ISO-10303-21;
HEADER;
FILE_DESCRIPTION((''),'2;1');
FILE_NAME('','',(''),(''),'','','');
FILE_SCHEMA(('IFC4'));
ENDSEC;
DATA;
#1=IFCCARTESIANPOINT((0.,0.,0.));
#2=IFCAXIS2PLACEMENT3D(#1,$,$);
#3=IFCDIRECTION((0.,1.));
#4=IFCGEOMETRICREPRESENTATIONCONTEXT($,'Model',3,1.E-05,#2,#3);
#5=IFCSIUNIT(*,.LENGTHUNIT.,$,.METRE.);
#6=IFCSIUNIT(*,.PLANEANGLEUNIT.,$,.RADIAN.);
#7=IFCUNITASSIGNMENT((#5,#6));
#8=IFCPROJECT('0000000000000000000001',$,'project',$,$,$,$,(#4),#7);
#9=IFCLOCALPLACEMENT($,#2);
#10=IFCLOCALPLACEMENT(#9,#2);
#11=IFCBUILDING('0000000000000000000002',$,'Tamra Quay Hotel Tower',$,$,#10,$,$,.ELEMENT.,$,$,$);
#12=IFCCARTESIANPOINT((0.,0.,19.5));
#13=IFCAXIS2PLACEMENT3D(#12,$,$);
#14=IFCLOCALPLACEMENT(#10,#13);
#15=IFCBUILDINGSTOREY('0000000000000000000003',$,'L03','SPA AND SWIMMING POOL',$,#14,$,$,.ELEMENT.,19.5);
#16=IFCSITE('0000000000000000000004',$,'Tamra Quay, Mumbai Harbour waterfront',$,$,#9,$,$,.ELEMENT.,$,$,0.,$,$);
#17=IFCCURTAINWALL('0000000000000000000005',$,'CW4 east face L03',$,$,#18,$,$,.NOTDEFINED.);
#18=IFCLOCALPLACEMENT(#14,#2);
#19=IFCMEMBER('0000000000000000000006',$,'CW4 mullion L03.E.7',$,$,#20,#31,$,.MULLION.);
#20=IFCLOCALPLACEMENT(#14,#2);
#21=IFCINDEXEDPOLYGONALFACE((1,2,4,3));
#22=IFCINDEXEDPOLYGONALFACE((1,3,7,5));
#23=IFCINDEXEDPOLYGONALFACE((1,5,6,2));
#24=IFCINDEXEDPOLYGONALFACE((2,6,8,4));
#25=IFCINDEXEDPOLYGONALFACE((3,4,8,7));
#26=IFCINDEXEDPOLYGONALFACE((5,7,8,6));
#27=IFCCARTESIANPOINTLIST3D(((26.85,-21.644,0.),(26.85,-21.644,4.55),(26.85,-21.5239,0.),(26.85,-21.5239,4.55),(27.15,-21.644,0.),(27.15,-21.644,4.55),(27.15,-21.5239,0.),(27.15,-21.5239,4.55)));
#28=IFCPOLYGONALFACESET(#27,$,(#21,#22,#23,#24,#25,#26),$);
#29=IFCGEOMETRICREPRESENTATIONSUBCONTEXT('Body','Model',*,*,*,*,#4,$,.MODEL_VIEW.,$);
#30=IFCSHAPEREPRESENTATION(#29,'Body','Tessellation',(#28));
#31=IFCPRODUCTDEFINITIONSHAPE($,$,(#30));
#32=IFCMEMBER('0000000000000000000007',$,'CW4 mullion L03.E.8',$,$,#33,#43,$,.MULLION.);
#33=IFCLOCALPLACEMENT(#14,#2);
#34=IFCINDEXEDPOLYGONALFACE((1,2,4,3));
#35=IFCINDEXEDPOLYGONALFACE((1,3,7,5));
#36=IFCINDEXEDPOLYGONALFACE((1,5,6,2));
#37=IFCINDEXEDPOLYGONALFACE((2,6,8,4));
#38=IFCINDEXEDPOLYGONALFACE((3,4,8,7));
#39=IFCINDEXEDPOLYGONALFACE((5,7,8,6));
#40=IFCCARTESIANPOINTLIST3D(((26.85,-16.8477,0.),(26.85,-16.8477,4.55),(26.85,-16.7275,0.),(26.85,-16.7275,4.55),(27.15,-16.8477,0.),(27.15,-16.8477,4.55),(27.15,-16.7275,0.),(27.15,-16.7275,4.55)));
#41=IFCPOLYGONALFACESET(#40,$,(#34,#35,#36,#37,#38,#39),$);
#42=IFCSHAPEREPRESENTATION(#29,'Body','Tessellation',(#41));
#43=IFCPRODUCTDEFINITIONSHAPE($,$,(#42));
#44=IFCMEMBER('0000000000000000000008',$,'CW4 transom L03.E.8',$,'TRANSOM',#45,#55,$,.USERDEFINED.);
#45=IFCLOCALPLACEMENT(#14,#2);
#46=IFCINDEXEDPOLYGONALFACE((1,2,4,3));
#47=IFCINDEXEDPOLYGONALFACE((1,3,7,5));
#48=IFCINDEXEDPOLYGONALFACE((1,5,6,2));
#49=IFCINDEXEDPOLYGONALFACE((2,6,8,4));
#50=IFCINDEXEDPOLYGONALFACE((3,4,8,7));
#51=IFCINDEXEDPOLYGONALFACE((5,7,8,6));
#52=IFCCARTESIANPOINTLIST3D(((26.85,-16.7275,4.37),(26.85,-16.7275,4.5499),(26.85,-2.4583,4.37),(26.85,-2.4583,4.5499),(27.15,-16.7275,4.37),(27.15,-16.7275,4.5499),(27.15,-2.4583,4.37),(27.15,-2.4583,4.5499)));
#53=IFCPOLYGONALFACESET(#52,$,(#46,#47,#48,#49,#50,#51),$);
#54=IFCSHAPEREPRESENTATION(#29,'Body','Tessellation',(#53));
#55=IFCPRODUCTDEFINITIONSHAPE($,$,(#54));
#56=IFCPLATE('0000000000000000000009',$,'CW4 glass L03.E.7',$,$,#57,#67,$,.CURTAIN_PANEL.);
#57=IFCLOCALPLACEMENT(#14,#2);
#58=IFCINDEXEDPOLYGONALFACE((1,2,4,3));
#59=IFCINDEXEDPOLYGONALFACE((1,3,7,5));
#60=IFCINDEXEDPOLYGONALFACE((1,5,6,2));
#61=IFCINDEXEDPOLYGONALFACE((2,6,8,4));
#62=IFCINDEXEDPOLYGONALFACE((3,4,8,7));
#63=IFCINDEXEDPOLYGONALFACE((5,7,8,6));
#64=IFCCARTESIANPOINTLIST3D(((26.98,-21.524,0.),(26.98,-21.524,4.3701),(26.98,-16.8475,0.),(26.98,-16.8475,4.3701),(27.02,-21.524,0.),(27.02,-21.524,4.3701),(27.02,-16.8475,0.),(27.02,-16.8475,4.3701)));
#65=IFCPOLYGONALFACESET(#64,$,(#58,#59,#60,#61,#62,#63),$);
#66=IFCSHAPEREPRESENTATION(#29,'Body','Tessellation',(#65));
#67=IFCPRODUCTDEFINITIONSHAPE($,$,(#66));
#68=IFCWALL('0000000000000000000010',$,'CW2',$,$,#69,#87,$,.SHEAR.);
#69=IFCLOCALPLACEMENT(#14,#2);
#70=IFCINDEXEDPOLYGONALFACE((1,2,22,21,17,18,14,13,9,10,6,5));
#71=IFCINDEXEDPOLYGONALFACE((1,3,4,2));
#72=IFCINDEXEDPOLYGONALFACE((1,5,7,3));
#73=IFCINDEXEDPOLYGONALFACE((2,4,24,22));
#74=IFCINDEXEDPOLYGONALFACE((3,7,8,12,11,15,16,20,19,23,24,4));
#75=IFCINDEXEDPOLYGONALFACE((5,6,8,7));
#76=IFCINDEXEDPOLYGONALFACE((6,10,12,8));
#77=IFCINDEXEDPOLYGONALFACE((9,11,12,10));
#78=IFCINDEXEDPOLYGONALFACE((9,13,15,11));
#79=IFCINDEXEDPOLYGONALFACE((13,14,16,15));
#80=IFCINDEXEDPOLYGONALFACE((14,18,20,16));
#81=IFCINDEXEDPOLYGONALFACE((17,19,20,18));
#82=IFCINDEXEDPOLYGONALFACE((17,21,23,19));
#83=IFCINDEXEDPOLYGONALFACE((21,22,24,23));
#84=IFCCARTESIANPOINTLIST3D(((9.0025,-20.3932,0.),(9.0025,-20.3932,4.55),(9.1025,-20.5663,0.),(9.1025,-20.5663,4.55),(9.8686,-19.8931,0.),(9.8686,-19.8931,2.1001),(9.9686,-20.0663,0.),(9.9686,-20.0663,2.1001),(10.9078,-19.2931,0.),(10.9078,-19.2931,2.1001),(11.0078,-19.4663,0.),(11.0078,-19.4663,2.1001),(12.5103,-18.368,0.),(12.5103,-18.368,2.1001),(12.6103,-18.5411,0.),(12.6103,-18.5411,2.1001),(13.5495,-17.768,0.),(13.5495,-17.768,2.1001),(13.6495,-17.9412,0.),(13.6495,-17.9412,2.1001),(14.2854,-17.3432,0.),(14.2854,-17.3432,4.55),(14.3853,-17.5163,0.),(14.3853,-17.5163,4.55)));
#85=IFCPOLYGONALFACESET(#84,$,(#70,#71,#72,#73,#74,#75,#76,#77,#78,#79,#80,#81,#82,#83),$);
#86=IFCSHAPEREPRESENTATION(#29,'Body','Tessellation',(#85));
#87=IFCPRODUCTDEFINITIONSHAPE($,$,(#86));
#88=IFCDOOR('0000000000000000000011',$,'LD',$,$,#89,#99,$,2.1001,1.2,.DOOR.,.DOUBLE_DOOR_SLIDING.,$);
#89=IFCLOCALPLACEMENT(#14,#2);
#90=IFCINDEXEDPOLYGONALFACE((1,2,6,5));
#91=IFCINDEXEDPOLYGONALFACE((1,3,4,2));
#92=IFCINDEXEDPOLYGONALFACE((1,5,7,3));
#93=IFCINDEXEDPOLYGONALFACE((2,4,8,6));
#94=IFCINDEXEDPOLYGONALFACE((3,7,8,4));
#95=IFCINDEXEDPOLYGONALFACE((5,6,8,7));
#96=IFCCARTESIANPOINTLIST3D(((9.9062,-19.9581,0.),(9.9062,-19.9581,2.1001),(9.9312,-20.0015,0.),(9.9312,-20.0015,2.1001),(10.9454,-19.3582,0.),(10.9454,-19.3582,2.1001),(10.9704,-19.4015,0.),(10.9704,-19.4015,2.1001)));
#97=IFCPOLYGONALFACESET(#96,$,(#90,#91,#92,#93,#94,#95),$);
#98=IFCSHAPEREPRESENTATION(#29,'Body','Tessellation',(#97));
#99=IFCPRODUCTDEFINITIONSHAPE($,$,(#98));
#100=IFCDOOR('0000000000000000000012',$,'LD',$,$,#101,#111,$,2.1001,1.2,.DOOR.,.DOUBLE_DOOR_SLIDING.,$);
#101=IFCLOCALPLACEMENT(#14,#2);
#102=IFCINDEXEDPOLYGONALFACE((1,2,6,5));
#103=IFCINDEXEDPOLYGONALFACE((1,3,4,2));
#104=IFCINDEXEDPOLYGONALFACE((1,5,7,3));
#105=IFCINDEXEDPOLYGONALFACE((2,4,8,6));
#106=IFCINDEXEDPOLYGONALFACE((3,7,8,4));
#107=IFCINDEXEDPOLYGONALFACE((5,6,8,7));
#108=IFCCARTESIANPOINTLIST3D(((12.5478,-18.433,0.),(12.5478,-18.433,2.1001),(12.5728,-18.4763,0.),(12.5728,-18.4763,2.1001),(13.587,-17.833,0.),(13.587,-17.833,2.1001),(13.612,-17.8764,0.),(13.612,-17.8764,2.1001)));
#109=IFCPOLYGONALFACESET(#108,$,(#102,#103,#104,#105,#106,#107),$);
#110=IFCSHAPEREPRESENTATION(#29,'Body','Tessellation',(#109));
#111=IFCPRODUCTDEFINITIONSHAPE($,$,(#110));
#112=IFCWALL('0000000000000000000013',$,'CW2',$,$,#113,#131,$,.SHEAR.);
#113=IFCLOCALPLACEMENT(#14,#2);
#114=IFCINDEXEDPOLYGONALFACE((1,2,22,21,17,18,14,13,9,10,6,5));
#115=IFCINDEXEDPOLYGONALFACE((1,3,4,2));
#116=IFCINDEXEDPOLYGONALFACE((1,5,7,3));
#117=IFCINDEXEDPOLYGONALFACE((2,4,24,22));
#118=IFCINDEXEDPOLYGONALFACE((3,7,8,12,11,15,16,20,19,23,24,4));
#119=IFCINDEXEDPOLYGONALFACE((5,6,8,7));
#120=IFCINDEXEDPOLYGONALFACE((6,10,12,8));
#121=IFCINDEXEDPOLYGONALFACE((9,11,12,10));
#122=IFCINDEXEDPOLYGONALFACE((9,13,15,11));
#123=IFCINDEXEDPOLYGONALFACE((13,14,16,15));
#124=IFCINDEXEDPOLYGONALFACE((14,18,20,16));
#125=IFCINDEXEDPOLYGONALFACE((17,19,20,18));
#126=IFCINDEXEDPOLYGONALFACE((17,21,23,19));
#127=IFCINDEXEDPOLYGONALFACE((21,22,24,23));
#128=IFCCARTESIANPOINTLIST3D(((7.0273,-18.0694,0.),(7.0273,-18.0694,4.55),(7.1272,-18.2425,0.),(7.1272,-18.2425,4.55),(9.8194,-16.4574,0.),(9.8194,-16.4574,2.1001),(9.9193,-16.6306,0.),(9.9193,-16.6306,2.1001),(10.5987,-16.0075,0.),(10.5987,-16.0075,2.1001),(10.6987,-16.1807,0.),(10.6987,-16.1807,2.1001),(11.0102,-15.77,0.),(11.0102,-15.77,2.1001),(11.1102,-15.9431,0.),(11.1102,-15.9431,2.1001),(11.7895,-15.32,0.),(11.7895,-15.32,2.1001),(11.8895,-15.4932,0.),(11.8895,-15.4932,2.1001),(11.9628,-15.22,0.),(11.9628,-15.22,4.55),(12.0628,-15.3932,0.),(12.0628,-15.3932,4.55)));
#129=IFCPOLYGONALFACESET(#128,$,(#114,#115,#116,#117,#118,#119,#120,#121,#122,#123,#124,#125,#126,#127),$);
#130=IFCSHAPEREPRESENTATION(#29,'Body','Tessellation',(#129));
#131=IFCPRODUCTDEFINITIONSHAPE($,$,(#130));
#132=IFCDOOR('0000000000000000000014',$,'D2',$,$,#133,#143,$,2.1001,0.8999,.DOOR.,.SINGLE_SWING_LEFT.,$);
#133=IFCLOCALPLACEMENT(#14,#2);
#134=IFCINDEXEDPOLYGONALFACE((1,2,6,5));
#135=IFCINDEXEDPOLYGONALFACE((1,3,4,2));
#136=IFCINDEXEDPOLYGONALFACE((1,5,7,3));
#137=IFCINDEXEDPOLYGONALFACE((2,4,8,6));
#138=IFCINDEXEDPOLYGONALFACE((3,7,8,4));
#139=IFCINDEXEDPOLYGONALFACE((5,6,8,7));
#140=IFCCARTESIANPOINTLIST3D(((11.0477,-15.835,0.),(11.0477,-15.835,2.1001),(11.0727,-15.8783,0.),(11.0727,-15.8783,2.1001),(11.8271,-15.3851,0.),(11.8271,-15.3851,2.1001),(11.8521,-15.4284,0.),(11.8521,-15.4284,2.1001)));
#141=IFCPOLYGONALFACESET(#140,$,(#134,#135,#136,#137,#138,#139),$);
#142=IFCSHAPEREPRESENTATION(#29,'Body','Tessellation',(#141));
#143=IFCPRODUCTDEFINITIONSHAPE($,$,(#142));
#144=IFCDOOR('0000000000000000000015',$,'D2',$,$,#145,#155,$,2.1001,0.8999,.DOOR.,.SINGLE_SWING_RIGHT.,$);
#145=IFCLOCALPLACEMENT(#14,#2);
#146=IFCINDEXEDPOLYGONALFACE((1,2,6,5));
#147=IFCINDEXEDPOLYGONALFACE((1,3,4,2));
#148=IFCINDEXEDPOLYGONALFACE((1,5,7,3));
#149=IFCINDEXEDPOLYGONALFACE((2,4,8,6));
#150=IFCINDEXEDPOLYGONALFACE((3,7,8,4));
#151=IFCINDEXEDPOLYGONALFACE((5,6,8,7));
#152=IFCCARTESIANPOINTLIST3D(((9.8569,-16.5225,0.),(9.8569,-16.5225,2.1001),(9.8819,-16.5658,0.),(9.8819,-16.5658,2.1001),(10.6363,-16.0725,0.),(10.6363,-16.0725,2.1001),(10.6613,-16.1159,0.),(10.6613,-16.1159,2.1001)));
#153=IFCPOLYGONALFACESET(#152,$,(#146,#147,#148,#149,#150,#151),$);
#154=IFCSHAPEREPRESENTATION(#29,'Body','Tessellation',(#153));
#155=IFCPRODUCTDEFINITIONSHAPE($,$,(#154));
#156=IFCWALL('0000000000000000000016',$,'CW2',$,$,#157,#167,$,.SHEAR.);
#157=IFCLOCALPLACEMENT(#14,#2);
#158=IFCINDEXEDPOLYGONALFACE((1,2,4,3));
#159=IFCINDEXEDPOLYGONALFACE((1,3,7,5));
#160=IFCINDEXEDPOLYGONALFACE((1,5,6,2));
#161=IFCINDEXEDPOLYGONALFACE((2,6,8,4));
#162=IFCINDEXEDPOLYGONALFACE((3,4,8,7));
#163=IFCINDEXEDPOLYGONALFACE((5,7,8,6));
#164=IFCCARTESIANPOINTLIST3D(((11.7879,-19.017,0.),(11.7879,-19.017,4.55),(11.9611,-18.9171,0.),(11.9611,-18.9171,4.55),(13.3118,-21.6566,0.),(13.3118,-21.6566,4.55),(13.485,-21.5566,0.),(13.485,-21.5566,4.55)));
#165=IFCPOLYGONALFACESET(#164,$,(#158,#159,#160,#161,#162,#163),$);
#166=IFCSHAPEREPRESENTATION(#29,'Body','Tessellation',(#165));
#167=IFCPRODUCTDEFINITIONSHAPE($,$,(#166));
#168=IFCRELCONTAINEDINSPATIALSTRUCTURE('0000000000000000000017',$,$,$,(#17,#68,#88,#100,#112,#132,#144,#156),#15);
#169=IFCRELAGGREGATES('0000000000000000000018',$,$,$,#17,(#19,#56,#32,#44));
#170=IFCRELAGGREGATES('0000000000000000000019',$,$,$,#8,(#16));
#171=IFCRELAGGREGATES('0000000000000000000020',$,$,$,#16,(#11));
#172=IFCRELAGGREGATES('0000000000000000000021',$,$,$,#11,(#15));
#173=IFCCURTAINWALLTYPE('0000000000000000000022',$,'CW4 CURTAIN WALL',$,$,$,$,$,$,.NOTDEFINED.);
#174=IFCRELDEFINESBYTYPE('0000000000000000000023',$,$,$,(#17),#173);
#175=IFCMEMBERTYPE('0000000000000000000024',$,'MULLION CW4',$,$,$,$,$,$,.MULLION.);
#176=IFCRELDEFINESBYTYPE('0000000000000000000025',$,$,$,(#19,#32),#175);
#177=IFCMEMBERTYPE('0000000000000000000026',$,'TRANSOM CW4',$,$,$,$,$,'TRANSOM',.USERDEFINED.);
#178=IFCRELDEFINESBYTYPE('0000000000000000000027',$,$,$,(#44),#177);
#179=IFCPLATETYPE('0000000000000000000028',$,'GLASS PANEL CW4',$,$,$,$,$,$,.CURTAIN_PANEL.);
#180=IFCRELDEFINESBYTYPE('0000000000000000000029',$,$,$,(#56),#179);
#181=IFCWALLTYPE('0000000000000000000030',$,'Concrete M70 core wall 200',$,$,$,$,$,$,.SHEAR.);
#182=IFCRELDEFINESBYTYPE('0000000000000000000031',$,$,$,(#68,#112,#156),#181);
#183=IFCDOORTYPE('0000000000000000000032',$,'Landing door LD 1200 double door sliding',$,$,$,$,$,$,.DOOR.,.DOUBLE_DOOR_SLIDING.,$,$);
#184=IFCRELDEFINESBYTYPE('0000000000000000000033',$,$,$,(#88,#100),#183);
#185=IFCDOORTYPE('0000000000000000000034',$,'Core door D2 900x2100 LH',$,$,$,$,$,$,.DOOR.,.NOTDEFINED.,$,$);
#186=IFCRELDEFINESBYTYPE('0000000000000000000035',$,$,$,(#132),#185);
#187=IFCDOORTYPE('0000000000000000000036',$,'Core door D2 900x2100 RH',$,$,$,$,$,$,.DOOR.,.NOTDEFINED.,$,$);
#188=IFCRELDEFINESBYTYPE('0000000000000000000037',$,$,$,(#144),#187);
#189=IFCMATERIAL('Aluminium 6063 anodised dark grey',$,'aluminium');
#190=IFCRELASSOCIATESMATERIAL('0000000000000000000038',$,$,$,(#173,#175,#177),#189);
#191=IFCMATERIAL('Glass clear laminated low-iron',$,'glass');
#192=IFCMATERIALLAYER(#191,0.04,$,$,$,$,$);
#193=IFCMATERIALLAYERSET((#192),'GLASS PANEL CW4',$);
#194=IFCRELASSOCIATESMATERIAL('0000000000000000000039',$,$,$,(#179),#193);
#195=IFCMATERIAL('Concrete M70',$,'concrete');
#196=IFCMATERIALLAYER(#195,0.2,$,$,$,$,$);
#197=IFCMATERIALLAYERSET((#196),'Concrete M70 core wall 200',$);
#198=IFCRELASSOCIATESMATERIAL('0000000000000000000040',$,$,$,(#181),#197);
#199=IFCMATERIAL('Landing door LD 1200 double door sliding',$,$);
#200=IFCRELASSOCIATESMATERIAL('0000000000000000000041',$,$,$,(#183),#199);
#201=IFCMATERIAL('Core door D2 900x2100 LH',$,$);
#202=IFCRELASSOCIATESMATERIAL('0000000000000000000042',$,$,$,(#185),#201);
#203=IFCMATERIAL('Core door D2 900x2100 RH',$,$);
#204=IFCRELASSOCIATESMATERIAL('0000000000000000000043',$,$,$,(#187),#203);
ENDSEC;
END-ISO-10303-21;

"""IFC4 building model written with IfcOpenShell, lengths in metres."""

from ifc_helpers import new_model, si_unit, direction, frame, frame_2d, origin, origin_2d, place, context, subcontext, project, spatial, rectangle, extrude, material, layer, layer_set, material_profile, profile_set, type_object, element, fill, aggregate, save


model = new_model("IFC4")

# Units and contexts
model_context = context("Model", 3, precision=1e-05, world=origin(), true_north=direction((0.0, 1.0)))
body_context = subcontext(model_context, "Body", "Model", "MODEL_VIEW")
ifc_project = project(units=[si_unit("LENGTHUNIT", "METRE"), si_unit("PLANEANGLEUNIT", "RADIAN")], contexts=[model_context])

# Site, building, storey
site_placement = place(None, origin())
site = spatial("IfcSite", under=ifc_project, at=site_placement, Name="Tamra Quay, Mumbai Harbour waterfront", CompositionType="ELEMENT", RefElevation=0.0)
building_placement = place(site_placement, origin())
building = spatial("IfcBuilding", under=site, at=building_placement, Name="Tamra Quay Hotel Tower", CompositionType="ELEMENT")
storey_placement = place(building_placement, frame((0.0, 0.0, 19.5)))
storey = spatial("IfcBuildingStorey", under=building, at=storey_placement, Name="L03", Description="SPA AND SWIMMING POOL", CompositionType="ELEMENT", Elevation=19.5)

# Curtain wall, members, plate
ifc_material_1 = material(Name="Aluminium 6063 anodised dark grey", Category="aluminium")
curtain_wall_type = type_object("IfcCurtainWallType", Name="CW4 CURTAIN WALL", PredefinedType="NOTDEFINED", material=ifc_material_1)
curtain_wall_placement = place(storey_placement, origin())
curtain_wall = element("IfcCurtainWall", 1, at=curtain_wall_placement, inside=storey, type_object=curtain_wall_type, Name="CW4 east face L03", PredefinedType="NOTDEFINED")
ifc_material_profile_1 = material_profile(ifc_material_1, rectangle(XDim=0.3, YDim=0.1201, at=origin_2d()), Name="MULLION 120X300")
ifc_profile_set_1 = profile_set([ifc_material_profile_1], Name="Aluminium 6063 anodised dark grey")
member_type_1 = type_object("IfcMemberType", Name="MULLION CW4", PredefinedType="MULLION", material=ifc_profile_set_1)
member_1_placement = place(storey_placement, frame((27.0, -21.584, 0.0), z_axis=(0.0, 0.0, 1.0), x_axis=(1.0, 0.0, 0.0)))
member_1 = element("IfcMember", 2, at=member_1_placement, type_object=member_type_1, Name="CW4 mullion L03.E.7", PredefinedType="MULLION", context=body_context, shape_type="SweptSolid", body=[
    extrude(rectangle(XDim=0.3, YDim=0.1201, at=origin_2d()), origin(), (0.0, 0.0, 1.0), 4.55),
])
member_2_placement = place(storey_placement, frame((27.0, -16.7876, 0.0), z_axis=(0.0, 0.0, 1.0), x_axis=(1.0, 0.0, 0.0)))
member_2 = element("IfcMember", 3, at=member_2_placement, type_object=member_type_1, Name="CW4 mullion L03.E.8", PredefinedType="MULLION", context=body_context, shape_type="SweptSolid", body=[
    extrude(rectangle(XDim=0.3, YDim=0.1201, at=origin_2d()), origin(), (0.0, 0.0, 1.0), 4.55),
])
ifc_material_profile_2 = material_profile(ifc_material_1, rectangle(XDim=0.3, YDim=0.1799, at=origin_2d()), Name="TRANSOM 300X180")
ifc_profile_set_2 = profile_set([ifc_material_profile_2], Name="Aluminium 6063 anodised dark grey")
member_type_2 = type_object("IfcMemberType", Name="TRANSOM CW4", ElementType="TRANSOM", PredefinedType="USERDEFINED", material=ifc_profile_set_2)
member_3_placement = place(storey_placement, frame((27.0, -16.7275, 4.46), z_axis=(0.0, 1.0, 0.0), x_axis=(-1.0, 0.0, 0.0)))
member_3 = element("IfcMember", 4, at=member_3_placement, type_object=member_type_2, Name="CW4 transom L03.E.8", ObjectType="TRANSOM", PredefinedType="USERDEFINED", context=body_context, shape_type="SweptSolid", body=[
    extrude(rectangle(XDim=0.3, YDim=0.1799, at=origin_2d()), origin(), (0.0, 0.0, 1.0), 14.2693),
])
ifc_material_2 = material(Name="Glass clear laminated low-iron", Category="glass")
ifc_layer_1 = layer(ifc_material_2, 0.04)
ifc_layer_set_1 = layer_set([ifc_layer_1], Name="GLASS PANEL CW4")
plate_type = type_object("IfcPlateType", Name="GLASS PANEL CW4", PredefinedType="CURTAIN_PANEL", material=ifc_layer_set_1)
plate_placement = place(storey_placement, frame((27.0, -19.1858, 0.0), z_axis=(0.0, 0.0, 1.0), x_axis=(0.0, 1.0, 0.0)))
plate = element("IfcPlate", 5, at=plate_placement, type_object=plate_type, Name="CW4 glass L03.E.7", PredefinedType="CURTAIN_PANEL", context=body_context, shape_type="SweptSolid", body=[
    extrude(rectangle(XDim=4.6765, YDim=0.04, at=origin_2d()), origin(), (0.0, 0.0, 1.0), 4.3701),
])
aggregate(curtain_wall, [member_1, plate, member_2, member_3])

# Walls, openings, doors
ifc_material_3 = material(Name="Concrete M70", Category="concrete")
ifc_layer_2 = layer(ifc_material_3, 0.2)
ifc_layer_set_2 = layer_set([ifc_layer_2], Name="Concrete M70 core wall 200")
wall_type_1 = type_object("IfcWallType", Name="Concrete M70 core wall 200", PredefinedType="SHEAR", material=ifc_layer_set_2)
wall_1_placement = place(storey_placement, frame((9.0525, -20.4797, 0.0), z_axis=(0.0, 0.0, 1.0), x_axis=(0.86603, 0.499992, 0.0)))
wall_1 = element("IfcWall", 6, at=wall_1_placement, inside=storey, type_object=wall_type_1, Name="CW2", PredefinedType="SHEAR", context=body_context, shape_type="SweptSolid", body=[
    extrude(rectangle(XDim=6.1001, YDim=0.2, at=frame_2d((3.05, 0.0))), origin(), (0.0, 0.0, 1.0), 4.55),
])
opening_1_placement = place(wall_1_placement, frame((1.0, 0.0, 0.0)))
opening_1 = element("IfcOpeningElement", 7, at=opening_1_placement, cuts=wall_1, PredefinedType="OPENING", context=body_context, shape_type="SweptSolid", body=[
    extrude(rectangle(XDim=1.2, YDim=2.1001, at=frame_2d((0.6001, 1.05))), frame((0.0, 0.1099, 0.0), z_axis=(0.0, -1.0, 0.0), x_axis=(1.0, 0.0, 0.0)), (0.0, 0.0, 1.0), 0.22),
])
opening_2_placement = place(wall_1_placement, frame((4.0503, 0.0, 0.0)))
opening_2 = element("IfcOpeningElement", 8, at=opening_2_placement, cuts=wall_1, PredefinedType="OPENING", context=body_context, shape_type="SweptSolid", body=[
    extrude(rectangle(XDim=1.2, YDim=2.1001, at=frame_2d((0.6001, 1.05))), frame((0.0, 0.1099, 0.0), z_axis=(0.0, -1.0, 0.0), x_axis=(1.0, 0.0, 0.0)), (0.0, 0.0, 1.0), 0.22),
])
ifc_material_4 = material(Name="Landing door LD 1200 double door sliding")
door_type_1 = type_object("IfcDoorType", Name="Landing door LD 1200 double door sliding", OperationType="DOUBLE_DOOR_SLIDING", PredefinedType="DOOR", material=ifc_material_4)
door_1_placement = place(opening_1_placement, origin())
door_1 = element("IfcDoor", 9, at=door_1_placement, inside=storey, type_object=door_type_1, Name="LD", OperationType="DOUBLE_DOOR_SLIDING", OverallHeight=2.1001, OverallWidth=1.2, PredefinedType="DOOR", context=body_context, shape_type="SweptSolid", body=[
    extrude(rectangle(XDim=1.2, YDim=2.1001, at=frame_2d((0.6001, 1.05))), frame((0.0, 0.0249, 0.0), z_axis=(0.0, -1.0, 0.0), x_axis=(1.0, 0.0, 0.0)), (0.0, 0.0, 1.0), 0.05),
])
fill(opening_1, door_1)
door_2_placement = place(opening_2_placement, origin())
door_2 = element("IfcDoor", 10, at=door_2_placement, inside=storey, type_object=door_type_1, Name="LD", OperationType="DOUBLE_DOOR_SLIDING", OverallHeight=2.1001, OverallWidth=1.2, PredefinedType="DOOR", context=body_context, shape_type="SweptSolid", body=[
    extrude(rectangle(XDim=1.2, YDim=2.1001, at=frame_2d((0.6001, 1.05))), frame((0.0, 0.0249, 0.0), z_axis=(0.0, -1.0, 0.0), x_axis=(1.0, 0.0, 0.0)), (0.0, 0.0, 1.0), 0.05),
])
fill(opening_2, door_2)
wall_2_placement = place(storey_placement, frame((7.0771, -18.156, 0.0), z_axis=(0.0, 0.0, 1.0), x_axis=(0.866039, 0.499977, 0.0)))
wall_2 = element("IfcWall", 11, at=wall_2_placement, inside=storey, type_object=wall_type_1, Name="CW2", PredefinedType="SHEAR", context=body_context, shape_type="SweptSolid", body=[
    extrude(rectangle(XDim=5.699, YDim=0.2, at=frame_2d((2.8496, 0.0))), origin(), (0.0, 0.0, 1.0), 4.55),
])
opening_3_placement = place(wall_2_placement, frame((3.2241, 0.0, 0.0)))
opening_3 = element("IfcOpeningElement", 12, at=opening_3_placement, cuts=wall_2, PredefinedType="OPENING", context=body_context, shape_type="SweptSolid", body=[
    extrude(rectangle(XDim=0.8999, YDim=2.1001, at=frame_2d((0.45, 1.05))), frame((0.0, 0.1099, 0.0), z_axis=(0.0, -1.0, 0.0), x_axis=(1.0, 0.0, 0.0)), (0.0, 0.0, 1.0), 0.22),
])
opening_4_placement = place(wall_2_placement, frame((4.5991, 0.0, 0.0)))
opening_4 = element("IfcOpeningElement", 13, at=opening_4_placement, cuts=wall_2, PredefinedType="OPENING", context=body_context, shape_type="SweptSolid", body=[
    extrude(rectangle(XDim=0.8999, YDim=2.1001, at=frame_2d((0.45, 1.05))), frame((0.0, 0.1099, 0.0), z_axis=(0.0, -1.0, 0.0), x_axis=(1.0, 0.0, 0.0)), (0.0, 0.0, 1.0), 0.22),
])
ifc_material_5 = material(Name="Core door D2 900x2100 LH")
door_type_2 = type_object("IfcDoorType", Name="Core door D2 900x2100 LH", OperationType="NOTDEFINED", PredefinedType="DOOR", material=ifc_material_5)
door_3_placement = place(opening_4_placement, origin())
door_3 = element("IfcDoor", 14, at=door_3_placement, inside=storey, type_object=door_type_2, Name="D2", OperationType="SINGLE_SWING_LEFT", OverallHeight=2.1001, OverallWidth=0.8999, PredefinedType="DOOR", context=body_context, shape_type="SweptSolid", body=[
    extrude(rectangle(XDim=0.8999, YDim=2.1001, at=frame_2d((0.45, 1.05))), frame((0.0, 0.0249, 0.0), z_axis=(0.0, -1.0, 0.0), x_axis=(1.0, 0.0, 0.0)), (0.0, 0.0, 1.0), 0.05),
])
fill(opening_4, door_3)
ifc_material_6 = material(Name="Core door D2 900x2100 RH")
door_type_3 = type_object("IfcDoorType", Name="Core door D2 900x2100 RH", OperationType="NOTDEFINED", PredefinedType="DOOR", material=ifc_material_6)
door_4_placement = place(opening_3_placement, origin())
door_4 = element("IfcDoor", 15, at=door_4_placement, inside=storey, type_object=door_type_3, Name="D2", OperationType="SINGLE_SWING_RIGHT", OverallHeight=2.1001, OverallWidth=0.8999, PredefinedType="DOOR", context=body_context, shape_type="SweptSolid", body=[
    extrude(rectangle(XDim=0.8999, YDim=2.1001, at=frame_2d((0.45, 1.05))), frame((0.0, 0.0249, 0.0), z_axis=(0.0, -1.0, 0.0), x_axis=(1.0, 0.0, 0.0)), (0.0, 0.0, 1.0), 0.05),
])
fill(opening_3, door_4)

# Wall
wall_3_placement = place(storey_placement, frame((11.8745, -18.967, 0.0), z_axis=(0.0, 0.0, 1.0), x_axis=(0.499981, -0.866036, 0.0)))
element("IfcWall", 16, at=wall_3_placement, inside=storey, type_object=wall_type_1, Name="CW2", PredefinedType="SHEAR", context=body_context, shape_type="SweptSolid", body=[
    extrude(rectangle(XDim=3.0479, YDim=0.2, at=frame_2d((1.5239, 0.0))), origin(), (0.0, 0.0, 1.0), 4.55),
])

save(model, "model.ifc")
